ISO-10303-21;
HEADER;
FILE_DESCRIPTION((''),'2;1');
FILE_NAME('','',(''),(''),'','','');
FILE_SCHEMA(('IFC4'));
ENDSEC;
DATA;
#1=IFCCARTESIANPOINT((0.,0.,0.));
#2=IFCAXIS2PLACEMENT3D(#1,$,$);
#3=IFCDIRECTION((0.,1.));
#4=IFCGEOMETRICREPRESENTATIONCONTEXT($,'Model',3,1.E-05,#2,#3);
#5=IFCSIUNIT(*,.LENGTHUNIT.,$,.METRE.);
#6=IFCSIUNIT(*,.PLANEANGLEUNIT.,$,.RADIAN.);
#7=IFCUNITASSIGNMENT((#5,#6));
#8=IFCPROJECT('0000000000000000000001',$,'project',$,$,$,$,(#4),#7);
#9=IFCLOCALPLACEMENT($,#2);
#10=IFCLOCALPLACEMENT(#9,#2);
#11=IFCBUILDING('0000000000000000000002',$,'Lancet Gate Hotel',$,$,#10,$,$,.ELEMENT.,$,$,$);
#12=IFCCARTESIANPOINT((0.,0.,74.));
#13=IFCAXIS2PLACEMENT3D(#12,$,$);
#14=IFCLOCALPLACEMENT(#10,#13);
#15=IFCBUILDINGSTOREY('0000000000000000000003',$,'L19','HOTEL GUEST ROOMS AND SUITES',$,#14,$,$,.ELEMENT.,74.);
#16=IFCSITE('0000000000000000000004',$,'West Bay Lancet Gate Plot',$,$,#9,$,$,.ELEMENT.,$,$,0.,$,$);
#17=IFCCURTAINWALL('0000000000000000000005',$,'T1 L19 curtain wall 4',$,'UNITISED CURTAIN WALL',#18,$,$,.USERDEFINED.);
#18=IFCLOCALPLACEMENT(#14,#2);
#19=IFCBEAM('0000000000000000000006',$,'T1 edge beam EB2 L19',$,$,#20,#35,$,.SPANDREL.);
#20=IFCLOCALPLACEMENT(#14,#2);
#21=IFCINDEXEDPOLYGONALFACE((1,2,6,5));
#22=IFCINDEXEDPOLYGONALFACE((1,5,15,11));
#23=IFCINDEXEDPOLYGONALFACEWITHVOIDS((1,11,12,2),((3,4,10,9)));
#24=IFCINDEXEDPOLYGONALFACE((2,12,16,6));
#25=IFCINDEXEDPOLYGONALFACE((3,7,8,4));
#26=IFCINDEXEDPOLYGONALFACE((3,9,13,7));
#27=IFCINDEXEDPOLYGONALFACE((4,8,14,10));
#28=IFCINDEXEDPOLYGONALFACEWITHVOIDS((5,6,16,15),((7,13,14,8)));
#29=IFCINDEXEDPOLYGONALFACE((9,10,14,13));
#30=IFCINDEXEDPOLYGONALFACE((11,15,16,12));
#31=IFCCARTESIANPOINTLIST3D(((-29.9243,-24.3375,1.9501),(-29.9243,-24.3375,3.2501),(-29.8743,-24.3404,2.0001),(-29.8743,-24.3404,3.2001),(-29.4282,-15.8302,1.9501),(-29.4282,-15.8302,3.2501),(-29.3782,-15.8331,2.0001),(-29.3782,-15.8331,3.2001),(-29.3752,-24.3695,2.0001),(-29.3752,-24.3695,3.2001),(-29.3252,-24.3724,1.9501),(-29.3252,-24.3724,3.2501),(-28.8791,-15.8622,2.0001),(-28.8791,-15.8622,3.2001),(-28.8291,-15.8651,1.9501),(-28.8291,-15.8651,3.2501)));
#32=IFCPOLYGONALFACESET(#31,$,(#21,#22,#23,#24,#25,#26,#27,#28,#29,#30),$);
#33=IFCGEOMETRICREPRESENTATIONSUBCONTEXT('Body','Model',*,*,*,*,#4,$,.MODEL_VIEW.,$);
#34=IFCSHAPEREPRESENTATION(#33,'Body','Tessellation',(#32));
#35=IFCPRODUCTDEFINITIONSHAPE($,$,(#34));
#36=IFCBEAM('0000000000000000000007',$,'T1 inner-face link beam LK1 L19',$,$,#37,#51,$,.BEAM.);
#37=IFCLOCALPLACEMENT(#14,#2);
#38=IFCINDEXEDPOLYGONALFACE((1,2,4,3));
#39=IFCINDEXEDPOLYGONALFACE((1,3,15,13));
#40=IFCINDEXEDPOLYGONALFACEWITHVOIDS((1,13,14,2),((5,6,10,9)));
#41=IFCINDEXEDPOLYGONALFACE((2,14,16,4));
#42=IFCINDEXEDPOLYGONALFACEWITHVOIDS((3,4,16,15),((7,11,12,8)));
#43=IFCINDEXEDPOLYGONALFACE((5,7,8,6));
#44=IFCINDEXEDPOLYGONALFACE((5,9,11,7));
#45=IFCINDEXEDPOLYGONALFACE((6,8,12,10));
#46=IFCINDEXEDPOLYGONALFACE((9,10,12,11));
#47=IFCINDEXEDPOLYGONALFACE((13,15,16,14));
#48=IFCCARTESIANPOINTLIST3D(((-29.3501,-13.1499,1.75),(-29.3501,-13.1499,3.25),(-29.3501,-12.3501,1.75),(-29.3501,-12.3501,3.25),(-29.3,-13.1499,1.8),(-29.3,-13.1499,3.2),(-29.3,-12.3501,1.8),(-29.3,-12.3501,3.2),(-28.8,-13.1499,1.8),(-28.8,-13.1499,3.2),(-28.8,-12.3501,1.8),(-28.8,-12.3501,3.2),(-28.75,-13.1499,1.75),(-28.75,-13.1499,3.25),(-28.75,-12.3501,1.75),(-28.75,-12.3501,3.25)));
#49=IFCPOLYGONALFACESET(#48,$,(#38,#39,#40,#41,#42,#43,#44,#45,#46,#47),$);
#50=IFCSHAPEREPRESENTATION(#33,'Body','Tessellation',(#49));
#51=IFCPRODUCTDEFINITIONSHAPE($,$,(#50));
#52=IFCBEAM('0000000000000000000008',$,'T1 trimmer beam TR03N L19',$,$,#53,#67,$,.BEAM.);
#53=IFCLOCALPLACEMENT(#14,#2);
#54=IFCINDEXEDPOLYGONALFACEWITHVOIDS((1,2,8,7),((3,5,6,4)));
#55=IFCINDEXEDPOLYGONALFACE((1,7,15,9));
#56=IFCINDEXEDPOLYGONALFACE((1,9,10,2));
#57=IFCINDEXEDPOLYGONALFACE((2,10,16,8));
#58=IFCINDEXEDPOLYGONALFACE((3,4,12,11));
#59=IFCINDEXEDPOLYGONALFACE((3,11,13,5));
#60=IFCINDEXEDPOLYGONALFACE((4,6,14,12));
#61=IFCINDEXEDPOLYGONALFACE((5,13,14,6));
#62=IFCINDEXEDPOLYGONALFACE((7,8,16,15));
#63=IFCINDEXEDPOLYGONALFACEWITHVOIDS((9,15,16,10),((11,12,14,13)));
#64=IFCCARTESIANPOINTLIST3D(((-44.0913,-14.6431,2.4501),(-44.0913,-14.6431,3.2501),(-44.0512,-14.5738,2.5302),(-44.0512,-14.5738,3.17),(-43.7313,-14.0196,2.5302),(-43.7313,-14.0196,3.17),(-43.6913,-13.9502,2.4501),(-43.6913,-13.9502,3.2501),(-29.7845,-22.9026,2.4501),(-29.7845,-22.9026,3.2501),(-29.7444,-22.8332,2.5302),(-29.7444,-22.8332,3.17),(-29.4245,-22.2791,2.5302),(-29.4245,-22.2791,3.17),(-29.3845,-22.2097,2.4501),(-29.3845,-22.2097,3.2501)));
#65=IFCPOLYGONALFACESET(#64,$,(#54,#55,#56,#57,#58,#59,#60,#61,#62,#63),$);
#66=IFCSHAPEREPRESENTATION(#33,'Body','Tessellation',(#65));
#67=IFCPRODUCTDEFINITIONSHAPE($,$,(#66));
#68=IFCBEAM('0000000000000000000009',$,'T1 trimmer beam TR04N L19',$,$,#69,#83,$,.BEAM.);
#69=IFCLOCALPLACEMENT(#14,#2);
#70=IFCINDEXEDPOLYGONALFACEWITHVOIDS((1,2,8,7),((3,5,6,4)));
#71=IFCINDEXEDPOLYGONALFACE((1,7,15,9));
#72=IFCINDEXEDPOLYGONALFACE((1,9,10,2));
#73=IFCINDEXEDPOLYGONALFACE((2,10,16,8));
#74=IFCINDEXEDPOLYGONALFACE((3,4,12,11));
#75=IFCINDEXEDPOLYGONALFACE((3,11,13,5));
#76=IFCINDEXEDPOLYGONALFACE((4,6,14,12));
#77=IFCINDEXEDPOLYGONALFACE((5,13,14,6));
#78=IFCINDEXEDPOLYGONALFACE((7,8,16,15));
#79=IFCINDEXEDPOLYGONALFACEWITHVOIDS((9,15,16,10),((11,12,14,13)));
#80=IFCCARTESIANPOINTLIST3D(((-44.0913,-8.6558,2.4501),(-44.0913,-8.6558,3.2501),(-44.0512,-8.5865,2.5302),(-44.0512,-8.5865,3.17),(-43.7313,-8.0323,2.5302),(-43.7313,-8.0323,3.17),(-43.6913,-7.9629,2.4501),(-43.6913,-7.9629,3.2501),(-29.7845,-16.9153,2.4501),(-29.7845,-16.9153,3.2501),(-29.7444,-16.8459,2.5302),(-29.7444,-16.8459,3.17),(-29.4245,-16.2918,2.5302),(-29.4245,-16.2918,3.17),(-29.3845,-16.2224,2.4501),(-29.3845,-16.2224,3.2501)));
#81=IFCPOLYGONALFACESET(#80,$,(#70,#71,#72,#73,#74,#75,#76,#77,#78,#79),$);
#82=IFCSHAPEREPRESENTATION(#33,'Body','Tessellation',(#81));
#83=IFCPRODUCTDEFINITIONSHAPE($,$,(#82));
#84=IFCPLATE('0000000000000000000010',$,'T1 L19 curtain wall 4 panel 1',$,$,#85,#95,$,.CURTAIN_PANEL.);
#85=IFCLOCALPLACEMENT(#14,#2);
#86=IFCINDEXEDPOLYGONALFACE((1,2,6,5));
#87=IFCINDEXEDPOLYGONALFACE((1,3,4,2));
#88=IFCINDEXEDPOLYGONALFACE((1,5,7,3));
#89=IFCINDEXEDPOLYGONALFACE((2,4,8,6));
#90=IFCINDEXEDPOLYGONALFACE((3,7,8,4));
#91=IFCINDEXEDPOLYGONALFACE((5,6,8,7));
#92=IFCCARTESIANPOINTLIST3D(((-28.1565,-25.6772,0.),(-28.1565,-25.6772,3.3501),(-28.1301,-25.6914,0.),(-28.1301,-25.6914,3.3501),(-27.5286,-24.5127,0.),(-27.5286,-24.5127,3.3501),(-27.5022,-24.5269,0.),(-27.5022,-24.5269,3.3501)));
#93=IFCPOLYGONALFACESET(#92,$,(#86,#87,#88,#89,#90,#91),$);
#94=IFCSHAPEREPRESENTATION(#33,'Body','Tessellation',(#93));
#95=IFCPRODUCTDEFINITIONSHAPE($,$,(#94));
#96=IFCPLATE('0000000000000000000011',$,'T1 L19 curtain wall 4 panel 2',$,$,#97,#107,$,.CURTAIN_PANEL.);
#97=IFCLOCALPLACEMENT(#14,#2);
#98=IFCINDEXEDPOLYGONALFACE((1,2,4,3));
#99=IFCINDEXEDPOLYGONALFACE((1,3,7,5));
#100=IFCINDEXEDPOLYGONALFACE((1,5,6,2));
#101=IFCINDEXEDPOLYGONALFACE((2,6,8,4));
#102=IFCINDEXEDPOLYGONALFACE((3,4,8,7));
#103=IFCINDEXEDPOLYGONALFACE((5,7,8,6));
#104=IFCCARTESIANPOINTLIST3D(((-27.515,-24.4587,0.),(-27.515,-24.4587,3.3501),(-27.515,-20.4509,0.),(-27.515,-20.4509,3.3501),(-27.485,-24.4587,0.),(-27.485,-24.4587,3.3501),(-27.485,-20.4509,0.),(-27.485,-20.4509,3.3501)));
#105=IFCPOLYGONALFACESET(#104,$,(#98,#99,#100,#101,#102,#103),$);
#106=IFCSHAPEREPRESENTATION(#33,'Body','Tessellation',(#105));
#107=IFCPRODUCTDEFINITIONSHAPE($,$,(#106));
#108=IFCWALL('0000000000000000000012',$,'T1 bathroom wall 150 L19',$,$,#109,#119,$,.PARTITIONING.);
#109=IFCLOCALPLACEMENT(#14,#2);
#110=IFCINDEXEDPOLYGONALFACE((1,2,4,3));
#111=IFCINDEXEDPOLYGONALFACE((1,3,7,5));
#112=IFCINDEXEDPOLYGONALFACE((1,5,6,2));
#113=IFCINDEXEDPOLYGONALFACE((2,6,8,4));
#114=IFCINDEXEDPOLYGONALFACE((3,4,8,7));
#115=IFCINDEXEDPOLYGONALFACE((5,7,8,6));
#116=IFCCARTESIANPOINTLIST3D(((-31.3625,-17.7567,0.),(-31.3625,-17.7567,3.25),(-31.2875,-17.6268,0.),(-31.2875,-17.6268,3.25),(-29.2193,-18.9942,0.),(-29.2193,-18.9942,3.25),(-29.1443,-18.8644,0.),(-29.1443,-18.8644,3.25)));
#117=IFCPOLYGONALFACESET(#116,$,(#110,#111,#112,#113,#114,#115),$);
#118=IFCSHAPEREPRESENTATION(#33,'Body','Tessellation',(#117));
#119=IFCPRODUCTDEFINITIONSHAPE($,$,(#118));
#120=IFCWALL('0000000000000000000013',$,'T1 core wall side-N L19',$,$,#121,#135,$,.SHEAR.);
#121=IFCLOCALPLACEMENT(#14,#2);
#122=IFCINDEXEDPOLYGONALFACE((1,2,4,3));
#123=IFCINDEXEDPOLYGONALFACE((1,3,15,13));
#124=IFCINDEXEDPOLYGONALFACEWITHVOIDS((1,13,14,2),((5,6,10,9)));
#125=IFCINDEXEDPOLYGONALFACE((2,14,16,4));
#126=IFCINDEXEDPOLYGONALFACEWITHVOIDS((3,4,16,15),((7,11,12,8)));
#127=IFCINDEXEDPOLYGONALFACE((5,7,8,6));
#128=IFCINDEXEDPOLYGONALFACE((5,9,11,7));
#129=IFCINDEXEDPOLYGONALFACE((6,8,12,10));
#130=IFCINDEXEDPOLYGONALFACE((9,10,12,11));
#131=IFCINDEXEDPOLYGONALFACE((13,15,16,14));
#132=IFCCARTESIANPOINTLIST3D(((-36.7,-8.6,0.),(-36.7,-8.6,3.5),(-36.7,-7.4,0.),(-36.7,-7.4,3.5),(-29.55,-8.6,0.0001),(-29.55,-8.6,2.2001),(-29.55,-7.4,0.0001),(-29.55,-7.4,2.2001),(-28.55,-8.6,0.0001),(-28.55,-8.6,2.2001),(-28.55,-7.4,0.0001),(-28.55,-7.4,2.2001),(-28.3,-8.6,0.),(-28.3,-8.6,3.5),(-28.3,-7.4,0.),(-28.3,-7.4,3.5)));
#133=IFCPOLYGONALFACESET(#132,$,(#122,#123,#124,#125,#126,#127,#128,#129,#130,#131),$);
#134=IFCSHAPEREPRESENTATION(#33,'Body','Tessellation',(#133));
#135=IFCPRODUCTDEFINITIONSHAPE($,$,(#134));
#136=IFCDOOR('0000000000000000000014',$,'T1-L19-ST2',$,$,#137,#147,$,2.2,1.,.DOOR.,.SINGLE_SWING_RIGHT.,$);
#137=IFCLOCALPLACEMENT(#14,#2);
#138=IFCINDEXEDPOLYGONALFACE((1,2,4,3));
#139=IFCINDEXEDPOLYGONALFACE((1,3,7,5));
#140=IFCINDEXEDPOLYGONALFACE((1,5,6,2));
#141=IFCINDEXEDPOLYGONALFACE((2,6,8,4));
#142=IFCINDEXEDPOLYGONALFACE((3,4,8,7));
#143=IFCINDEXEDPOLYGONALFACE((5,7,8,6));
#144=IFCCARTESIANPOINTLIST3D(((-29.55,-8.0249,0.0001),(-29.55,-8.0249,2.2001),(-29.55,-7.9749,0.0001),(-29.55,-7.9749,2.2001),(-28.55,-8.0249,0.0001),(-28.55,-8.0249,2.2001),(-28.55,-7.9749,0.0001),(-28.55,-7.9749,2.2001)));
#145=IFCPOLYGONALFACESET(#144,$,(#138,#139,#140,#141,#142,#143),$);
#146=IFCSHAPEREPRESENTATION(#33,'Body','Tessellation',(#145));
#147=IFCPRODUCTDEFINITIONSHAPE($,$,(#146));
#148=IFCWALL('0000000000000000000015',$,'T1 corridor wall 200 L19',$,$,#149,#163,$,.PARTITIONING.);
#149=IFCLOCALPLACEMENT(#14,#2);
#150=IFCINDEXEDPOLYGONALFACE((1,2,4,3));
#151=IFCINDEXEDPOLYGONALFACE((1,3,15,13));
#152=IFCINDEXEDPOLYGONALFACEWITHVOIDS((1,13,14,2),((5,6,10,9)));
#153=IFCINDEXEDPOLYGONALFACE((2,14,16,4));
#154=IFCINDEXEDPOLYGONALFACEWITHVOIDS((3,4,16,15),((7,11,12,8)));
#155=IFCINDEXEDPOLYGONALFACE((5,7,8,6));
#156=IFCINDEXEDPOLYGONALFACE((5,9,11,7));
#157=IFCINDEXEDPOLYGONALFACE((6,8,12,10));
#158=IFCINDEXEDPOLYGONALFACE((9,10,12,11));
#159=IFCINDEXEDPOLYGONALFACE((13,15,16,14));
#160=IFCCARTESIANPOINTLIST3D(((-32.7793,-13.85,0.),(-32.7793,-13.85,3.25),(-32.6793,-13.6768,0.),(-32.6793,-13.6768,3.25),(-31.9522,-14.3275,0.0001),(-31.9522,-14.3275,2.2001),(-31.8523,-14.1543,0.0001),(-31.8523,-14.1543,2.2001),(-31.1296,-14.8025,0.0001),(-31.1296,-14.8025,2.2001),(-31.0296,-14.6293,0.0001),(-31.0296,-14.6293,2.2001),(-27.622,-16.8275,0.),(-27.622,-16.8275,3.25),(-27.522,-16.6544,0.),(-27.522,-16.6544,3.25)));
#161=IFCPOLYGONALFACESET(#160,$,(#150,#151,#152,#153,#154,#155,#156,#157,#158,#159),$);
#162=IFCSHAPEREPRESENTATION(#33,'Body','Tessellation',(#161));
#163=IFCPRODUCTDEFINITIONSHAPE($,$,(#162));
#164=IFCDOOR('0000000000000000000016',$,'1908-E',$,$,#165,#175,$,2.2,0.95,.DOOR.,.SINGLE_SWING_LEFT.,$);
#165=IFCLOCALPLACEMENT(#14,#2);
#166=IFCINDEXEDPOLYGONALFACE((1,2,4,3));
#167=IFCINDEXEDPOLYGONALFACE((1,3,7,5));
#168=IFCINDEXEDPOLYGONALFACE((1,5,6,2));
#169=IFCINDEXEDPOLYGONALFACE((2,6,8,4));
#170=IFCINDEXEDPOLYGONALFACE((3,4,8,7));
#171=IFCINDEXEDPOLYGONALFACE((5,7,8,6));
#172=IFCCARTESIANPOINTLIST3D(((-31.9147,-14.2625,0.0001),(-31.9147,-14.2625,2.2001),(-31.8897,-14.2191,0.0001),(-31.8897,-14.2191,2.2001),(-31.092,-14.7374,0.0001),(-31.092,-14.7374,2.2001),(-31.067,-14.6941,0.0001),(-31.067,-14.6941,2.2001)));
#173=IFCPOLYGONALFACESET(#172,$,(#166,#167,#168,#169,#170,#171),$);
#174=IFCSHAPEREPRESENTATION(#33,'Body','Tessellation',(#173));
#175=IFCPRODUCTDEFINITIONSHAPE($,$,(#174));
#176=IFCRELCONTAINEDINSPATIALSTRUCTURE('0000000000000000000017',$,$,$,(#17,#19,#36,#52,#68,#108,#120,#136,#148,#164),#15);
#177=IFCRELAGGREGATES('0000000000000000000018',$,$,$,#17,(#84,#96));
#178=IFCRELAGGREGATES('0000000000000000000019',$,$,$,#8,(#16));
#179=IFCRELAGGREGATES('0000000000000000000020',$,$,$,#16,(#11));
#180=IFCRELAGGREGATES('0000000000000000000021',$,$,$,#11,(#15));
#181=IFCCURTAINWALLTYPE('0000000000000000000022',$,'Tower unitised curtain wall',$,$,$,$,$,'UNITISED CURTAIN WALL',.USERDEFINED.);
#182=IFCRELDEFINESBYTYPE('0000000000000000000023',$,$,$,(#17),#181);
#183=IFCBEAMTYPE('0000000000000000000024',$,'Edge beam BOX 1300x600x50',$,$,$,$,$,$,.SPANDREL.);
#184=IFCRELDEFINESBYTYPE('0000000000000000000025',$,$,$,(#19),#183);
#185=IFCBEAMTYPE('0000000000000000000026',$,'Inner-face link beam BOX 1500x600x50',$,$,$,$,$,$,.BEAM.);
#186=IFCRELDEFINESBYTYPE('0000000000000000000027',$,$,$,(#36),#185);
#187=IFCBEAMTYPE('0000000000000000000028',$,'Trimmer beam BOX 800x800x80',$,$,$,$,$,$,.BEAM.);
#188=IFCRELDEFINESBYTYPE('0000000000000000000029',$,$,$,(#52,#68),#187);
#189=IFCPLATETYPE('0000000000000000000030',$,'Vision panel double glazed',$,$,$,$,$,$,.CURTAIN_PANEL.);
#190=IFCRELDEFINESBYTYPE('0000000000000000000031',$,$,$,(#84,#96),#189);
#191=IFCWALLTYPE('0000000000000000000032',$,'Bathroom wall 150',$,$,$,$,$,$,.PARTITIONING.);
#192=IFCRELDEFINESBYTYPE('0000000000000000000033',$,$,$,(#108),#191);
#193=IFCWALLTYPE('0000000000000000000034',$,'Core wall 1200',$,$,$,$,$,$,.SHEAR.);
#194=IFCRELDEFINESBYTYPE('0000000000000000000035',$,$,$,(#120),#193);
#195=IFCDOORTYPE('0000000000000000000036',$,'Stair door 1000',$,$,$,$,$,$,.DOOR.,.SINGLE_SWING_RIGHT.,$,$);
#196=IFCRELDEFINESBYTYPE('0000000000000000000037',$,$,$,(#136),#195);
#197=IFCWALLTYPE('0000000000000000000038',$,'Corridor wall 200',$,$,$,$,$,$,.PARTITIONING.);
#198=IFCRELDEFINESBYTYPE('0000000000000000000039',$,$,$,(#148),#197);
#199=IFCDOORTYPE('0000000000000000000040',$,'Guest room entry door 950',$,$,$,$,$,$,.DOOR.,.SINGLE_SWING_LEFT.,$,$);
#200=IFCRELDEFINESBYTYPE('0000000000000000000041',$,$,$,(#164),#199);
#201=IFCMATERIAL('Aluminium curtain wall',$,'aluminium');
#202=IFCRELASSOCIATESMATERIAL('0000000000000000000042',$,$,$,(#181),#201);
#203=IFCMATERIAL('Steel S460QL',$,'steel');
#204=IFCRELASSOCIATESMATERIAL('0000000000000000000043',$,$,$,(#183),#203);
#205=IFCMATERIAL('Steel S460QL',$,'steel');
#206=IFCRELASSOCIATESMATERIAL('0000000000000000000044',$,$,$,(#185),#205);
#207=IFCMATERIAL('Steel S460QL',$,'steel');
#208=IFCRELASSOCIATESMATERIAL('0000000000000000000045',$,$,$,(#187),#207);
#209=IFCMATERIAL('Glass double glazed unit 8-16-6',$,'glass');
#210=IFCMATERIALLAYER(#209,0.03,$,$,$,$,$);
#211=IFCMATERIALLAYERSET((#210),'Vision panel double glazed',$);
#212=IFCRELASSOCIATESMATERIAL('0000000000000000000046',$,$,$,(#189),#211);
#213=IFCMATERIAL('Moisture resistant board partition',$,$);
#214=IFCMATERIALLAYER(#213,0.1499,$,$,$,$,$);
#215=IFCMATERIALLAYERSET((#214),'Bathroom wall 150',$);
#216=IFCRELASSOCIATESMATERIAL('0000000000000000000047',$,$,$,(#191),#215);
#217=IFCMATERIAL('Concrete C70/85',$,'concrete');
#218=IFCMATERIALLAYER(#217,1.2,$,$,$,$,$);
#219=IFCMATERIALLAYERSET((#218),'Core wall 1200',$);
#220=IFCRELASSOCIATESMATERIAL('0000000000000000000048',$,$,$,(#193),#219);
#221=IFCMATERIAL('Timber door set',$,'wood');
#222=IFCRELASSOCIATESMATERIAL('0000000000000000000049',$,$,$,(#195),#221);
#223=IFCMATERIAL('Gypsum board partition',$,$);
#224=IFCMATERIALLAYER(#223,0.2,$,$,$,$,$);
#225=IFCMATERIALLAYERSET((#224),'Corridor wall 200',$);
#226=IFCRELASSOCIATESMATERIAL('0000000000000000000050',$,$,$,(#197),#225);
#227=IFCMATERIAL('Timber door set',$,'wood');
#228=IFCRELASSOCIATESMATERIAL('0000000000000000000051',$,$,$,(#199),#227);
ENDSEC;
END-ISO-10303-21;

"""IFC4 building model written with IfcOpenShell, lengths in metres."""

from ifc_helpers import new_model, si_unit, direction, frame, frame_2d, origin, origin_2d, place, context, subcontext, project, spatial, rectangle, hollow_rectangle, extrude, material, layer, layer_set, material_profile, profile_set, type_object, element, fill, aggregate, save


model = new_model("IFC4")

# Units and contexts
model_context = context("Model", 3, precision=1e-05, world=origin(), true_north=direction((0.0, 1.0)))
body_context = subcontext(model_context, "Body", "Model", "MODEL_VIEW")
ifc_project = project(units=[si_unit("LENGTHUNIT", "METRE"), si_unit("PLANEANGLEUNIT", "RADIAN")], contexts=[model_context])

# Site, building, storey
site_placement = place(None, origin())
site = spatial("IfcSite", under=ifc_project, at=site_placement, Name="West Bay Lancet Gate Plot", CompositionType="ELEMENT", RefElevation=0.0)
building_placement = place(site_placement, origin())
building = spatial("IfcBuilding", under=site, at=building_placement, Name="Lancet Gate Hotel", CompositionType="ELEMENT")
storey_placement = place(building_placement, frame((0.0, 0.0, 74.0)))
storey = spatial("IfcBuildingStorey", under=building, at=storey_placement, Name="L19", Description="HOTEL GUEST ROOMS AND SUITES", CompositionType="ELEMENT", Elevation=74.0)

# Curtain wall
ifc_material_1 = material(Name="Aluminium curtain wall", Category="aluminium")
curtain_wall_type = type_object("IfcCurtainWallType", Name="Tower unitised curtain wall", ElementType="UNITISED CURTAIN WALL", PredefinedType="USERDEFINED", material=ifc_material_1)
curtain_wall_placement = place(storey_placement, origin())
curtain_wall = element("IfcCurtainWall", 1, at=curtain_wall_placement, inside=storey, type_object=curtain_wall_type, Name="T1 L19 curtain wall 4", ObjectType="UNITISED CURTAIN WALL", PredefinedType="USERDEFINED")

# Beams
ifc_material_2 = material(Name="Steel S460QL", Category="steel")
ifc_material_profile_1 = material_profile(ifc_material_2, hollow_rectangle(XDim=0.6001, YDim=1.3, WallThickness=0.05, at=origin_2d()), Name="BOX 1300x600x50")
ifc_profile_set_1 = profile_set([ifc_material_profile_1], Name="Steel S460QL")
beam_type_1 = type_object("IfcBeamType", Name="Edge beam BOX 1300x600x50", PredefinedType="SPANDREL", material=ifc_profile_set_1)
beam_1_placement = place(storey_placement, frame((-29.1287, -15.8477, 2.6001), z_axis=(-0.058215, -0.998304, 0.0), x_axis=(0.998304, -0.058215, 0.0)))
element("IfcBeam", 2, at=beam_1_placement, inside=storey, type_object=beam_type_1, Name="T1 edge beam EB2 L19", PredefinedType="SPANDREL", context=body_context, shape_type="SweptSolid", body=[
    extrude(hollow_rectangle(XDim=0.6001, YDim=1.3, WallThickness=0.05, at=origin_2d()), origin(), (0.0, 0.0, 1.0), 8.5217),
])
ifc_material_3 = material(Name="Steel S460QL", Category="steel")
ifc_material_profile_2 = material_profile(ifc_material_3, hollow_rectangle(XDim=0.6001, YDim=1.5, WallThickness=0.05, at=origin_2d()), Name="BOX 1500x600x50")
ifc_profile_set_2 = profile_set([ifc_material_profile_2], Name="Steel S460QL")
beam_type_2 = type_object("IfcBeamType", Name="Inner-face link beam BOX 1500x600x50", PredefinedType="BEAM", material=ifc_profile_set_2)
beam_2_placement = place(storey_placement, frame((-29.05, -12.3501, 2.5), z_axis=(0.0, -1.0, 0.0), x_axis=(1.0, 0.0, 0.0)))
element("IfcBeam", 3, at=beam_2_placement, inside=storey, type_object=beam_type_2, Name="T1 inner-face link beam LK1 L19", PredefinedType="BEAM", context=body_context, shape_type="SweptSolid", body=[
    extrude(hollow_rectangle(XDim=0.6001, YDim=1.5, WallThickness=0.05, at=origin_2d()), origin(), (0.0, 0.0, 1.0), 0.7998),
])
ifc_material_4 = material(Name="Steel S460QL", Category="steel")
ifc_material_profile_3 = material_profile(ifc_material_4, hollow_rectangle(XDim=0.8, YDim=0.8, WallThickness=0.0801, at=origin_2d()), Name="BOX 800x800x80")
ifc_profile_set_3 = profile_set([ifc_material_profile_3], Name="Steel S460QL")
beam_type_3 = type_object("IfcBeamType", Name="Trimmer beam BOX 800x800x80", PredefinedType="BEAM", material=ifc_profile_set_3)
for number, where, z_axis, x_axis, name in (
    (4, (-29.5845, -22.5562, 2.8501), (-0.86604, 0.499974, 0.0), (-0.499974, -0.86604, 0.0), "T1 trimmer beam TR03N L19"),
    (5, (-29.5845, -16.5688, 2.8501), (-0.86604, 0.499974, 0.0), (-0.499974, -0.86604, 0.0), "T1 trimmer beam TR04N L19"),
):
    element("IfcBeam", number, at=place(storey_placement, frame(where, z_axis=z_axis, x_axis=x_axis)), inside=storey, type_object=beam_type_3, Name=name, PredefinedType="BEAM", context=body_context, shape_type="SweptSolid", body=[
        extrude(hollow_rectangle(XDim=0.8, YDim=0.8, WallThickness=0.0801, at=origin_2d()), origin(), (0.0, 0.0, 1.0), 16.5198),
    ])

# Plates
ifc_material_5 = material(Name="Glass double glazed unit 8-16-6", Category="glass")
ifc_layer_1 = layer(ifc_material_5, 0.03)
ifc_layer_set_1 = layer_set([ifc_layer_1], Name="Vision panel double glazed")
plate_type = type_object("IfcPlateType", Name="Vision panel double glazed", PredefinedType="CURTAIN_PANEL", material=ifc_layer_set_1)
plate_1_placement = place(storey_placement, frame((-27.8293, -25.1021, 0.0), z_axis=(0.0, 0.0, 1.0), x_axis=(0.474631, 0.880185, 0.0)))
plate_1 = element("IfcPlate", 6, at=plate_1_placement, type_object=plate_type, Name="T1 L19 curtain wall 4 panel 1", PredefinedType="CURTAIN_PANEL", context=body_context, shape_type="SweptSolid", body=[
    extrude(rectangle(XDim=1.323, YDim=0.03, at=origin_2d()), origin(), (0.0, 0.0, 1.0), 3.3501),
])
plate_2_placement = place(storey_placement, frame((-27.5, -22.4548, 0.0), z_axis=(0.0, 0.0, 1.0), x_axis=(0.0, 1.0, 0.0)))
plate_2 = element("IfcPlate", 7, at=plate_2_placement, type_object=plate_type, Name="T1 L19 curtain wall 4 panel 2", PredefinedType="CURTAIN_PANEL", context=body_context, shape_type="SweptSolid", body=[
    extrude(rectangle(XDim=4.0078, YDim=0.03, at=origin_2d()), origin(), (0.0, 0.0, 1.0), 3.3501),
])
aggregate(curtain_wall, [plate_1, plate_2])

# Wall
ifc_material_6 = material(Name="Moisture resistant board partition")
ifc_layer_2 = layer(ifc_material_6, 0.1499)
ifc_layer_set_2 = layer_set([ifc_layer_2], Name="Bathroom wall 150")
wall_type_1 = type_object("IfcWallType", Name="Bathroom wall 150", PredefinedType="PARTITIONING", material=ifc_layer_set_2)
wall_1_placement = place(storey_placement, frame((-29.1819, -18.9292, 0.0), z_axis=(0.0, 0.0, 1.0), x_axis=(-0.866007, 0.500033, 0.0)))
element("IfcWall", 8, at=wall_1_placement, inside=storey, type_object=wall_type_1, Name="T1 bathroom wall 150 L19", PredefinedType="PARTITIONING", context=body_context, shape_type="SweptSolid", body=[
    extrude(rectangle(XDim=2.4749, YDim=0.1499, at=frame_2d((1.2373, 0.0))), origin(), (0.0, 0.0, 1.0), 3.25),
])

# Walls, openings, doors
ifc_material_7 = material(Name="Concrete C70/85", Category="concrete")
ifc_layer_3 = layer(ifc_material_7, 1.2)
ifc_layer_set_3 = layer_set([ifc_layer_3], Name="Core wall 1200")
wall_type_2 = type_object("IfcWallType", Name="Core wall 1200", PredefinedType="SHEAR", material=ifc_layer_set_3)
wall_2_placement = place(storey_placement, frame((-28.3, -8.0, 0.0), z_axis=(0.0, 0.0, 1.0), x_axis=(-1.0, 0.0, 0.0)))
wall_2 = element("IfcWall", 9, at=wall_2_placement, inside=storey, type_object=wall_type_2, Name="T1 core wall side-N L19", PredefinedType="SHEAR", context=body_context, shape_type="SweptSolid", body=[
    extrude(rectangle(XDim=8.3999, YDim=1.2, at=frame_2d((4.2, 0.0))), origin(), (0.0, 0.0, 1.0), 3.5),
])
opening_1_placement = place(wall_2_placement, frame((0.25, 0.0, 0.0)))
opening_1 = element("IfcOpeningElement", 10, at=opening_1_placement, cuts=wall_2, PredefinedType="OPENING", context=body_context, shape_type="SweptSolid", body=[
    extrude(rectangle(XDim=1.0, YDim=2.2, at=frame_2d((0.5, 1.1001))), frame((0.0, 0.6099, 0.0), z_axis=(0.0, -1.0, 0.0), x_axis=(1.0, 0.0, 0.0)), (0.0, 0.0, 1.0), 1.22),
])
ifc_material_8 = material(Name="Timber door set", Category="wood")
door_type_1 = type_object("IfcDoorType", Name="Stair door 1000", OperationType="SINGLE_SWING_RIGHT", PredefinedType="DOOR", material=ifc_material_8)
door_1_placement = place(opening_1_placement, origin())
door_1 = element("IfcDoor", 11, at=door_1_placement, inside=storey, type_object=door_type_1, Name="T1-L19-ST2", OperationType="SINGLE_SWING_RIGHT", OverallHeight=2.2, OverallWidth=1.0, PredefinedType="DOOR", context=body_context, shape_type="SweptSolid", body=[
    extrude(rectangle(XDim=1.0, YDim=2.2, at=frame_2d((0.5, 1.1001))), frame((0.0, 0.0249, 0.0), z_axis=(0.0, -1.0, 0.0), x_axis=(1.0, 0.0, 0.0)), (0.0, 0.0, 1.0), 0.05),
])
fill(opening_1, door_1)
ifc_material_9 = material(Name="Gypsum board partition")
ifc_layer_4 = layer(ifc_material_9, 0.2)
ifc_layer_set_4 = layer_set([ifc_layer_4], Name="Corridor wall 200")
wall_type_3 = type_object("IfcWallType", Name="Corridor wall 200", PredefinedType="PARTITIONING", material=ifc_layer_set_4)
wall_3_placement = place(storey_placement, frame((-27.572, -16.741, 0.0), z_axis=(0.0, 0.0, 1.0), x_axis=(-0.866024, 0.500002, 0.0)))
wall_3 = element("IfcWall", 12, at=wall_3_placement, inside=storey, type_object=wall_type_3, Name="T1 corridor wall 200 L19", PredefinedType="PARTITIONING", context=body_context, shape_type="SweptSolid", body=[
    extrude(rectangle(XDim=5.9551, YDim=0.2, at=frame_2d((2.9775, 0.0))), origin(), (0.0, 0.0, 1.0), 3.25),
])
opening_2_placement = place(wall_3_placement, frame((4.05, 0.0, 0.0)))
opening_2 = element("IfcOpeningElement", 13, at=opening_2_placement, cuts=wall_3, PredefinedType="OPENING", context=body_context, shape_type="SweptSolid", body=[
    extrude(rectangle(XDim=0.95, YDim=2.2, at=frame_2d((0.4751, 1.1001))), frame((0.0, 0.1099, 0.0), z_axis=(0.0, -1.0, 0.0), x_axis=(1.0, 0.0, 0.0)), (0.0, 0.0, 1.0), 0.22),
])
ifc_material_10 = material(Name="Timber door set", Category="wood")
door_type_2 = type_object("IfcDoorType", Name="Guest room entry door 950", OperationType="SINGLE_SWING_LEFT", PredefinedType="DOOR", material=ifc_material_10)
door_2_placement = place(opening_2_placement, origin())
door_2 = element("IfcDoor", 14, at=door_2_placement, inside=storey, type_object=door_type_2, Name="1908-E", OperationType="SINGLE_SWING_LEFT", OverallHeight=2.2, OverallWidth=0.95, PredefinedType="DOOR", context=body_context, shape_type="SweptSolid", body=[
    extrude(rectangle(XDim=0.95, YDim=2.2, at=frame_2d((0.4751, 1.1001))), frame((0.0, 0.0249, 0.0), z_axis=(0.0, -1.0, 0.0), x_axis=(1.0, 0.0, 0.0)), (0.0, 0.0, 1.0), 0.05),
])
fill(opening_2, door_2)

save(model, "model.ifc")
